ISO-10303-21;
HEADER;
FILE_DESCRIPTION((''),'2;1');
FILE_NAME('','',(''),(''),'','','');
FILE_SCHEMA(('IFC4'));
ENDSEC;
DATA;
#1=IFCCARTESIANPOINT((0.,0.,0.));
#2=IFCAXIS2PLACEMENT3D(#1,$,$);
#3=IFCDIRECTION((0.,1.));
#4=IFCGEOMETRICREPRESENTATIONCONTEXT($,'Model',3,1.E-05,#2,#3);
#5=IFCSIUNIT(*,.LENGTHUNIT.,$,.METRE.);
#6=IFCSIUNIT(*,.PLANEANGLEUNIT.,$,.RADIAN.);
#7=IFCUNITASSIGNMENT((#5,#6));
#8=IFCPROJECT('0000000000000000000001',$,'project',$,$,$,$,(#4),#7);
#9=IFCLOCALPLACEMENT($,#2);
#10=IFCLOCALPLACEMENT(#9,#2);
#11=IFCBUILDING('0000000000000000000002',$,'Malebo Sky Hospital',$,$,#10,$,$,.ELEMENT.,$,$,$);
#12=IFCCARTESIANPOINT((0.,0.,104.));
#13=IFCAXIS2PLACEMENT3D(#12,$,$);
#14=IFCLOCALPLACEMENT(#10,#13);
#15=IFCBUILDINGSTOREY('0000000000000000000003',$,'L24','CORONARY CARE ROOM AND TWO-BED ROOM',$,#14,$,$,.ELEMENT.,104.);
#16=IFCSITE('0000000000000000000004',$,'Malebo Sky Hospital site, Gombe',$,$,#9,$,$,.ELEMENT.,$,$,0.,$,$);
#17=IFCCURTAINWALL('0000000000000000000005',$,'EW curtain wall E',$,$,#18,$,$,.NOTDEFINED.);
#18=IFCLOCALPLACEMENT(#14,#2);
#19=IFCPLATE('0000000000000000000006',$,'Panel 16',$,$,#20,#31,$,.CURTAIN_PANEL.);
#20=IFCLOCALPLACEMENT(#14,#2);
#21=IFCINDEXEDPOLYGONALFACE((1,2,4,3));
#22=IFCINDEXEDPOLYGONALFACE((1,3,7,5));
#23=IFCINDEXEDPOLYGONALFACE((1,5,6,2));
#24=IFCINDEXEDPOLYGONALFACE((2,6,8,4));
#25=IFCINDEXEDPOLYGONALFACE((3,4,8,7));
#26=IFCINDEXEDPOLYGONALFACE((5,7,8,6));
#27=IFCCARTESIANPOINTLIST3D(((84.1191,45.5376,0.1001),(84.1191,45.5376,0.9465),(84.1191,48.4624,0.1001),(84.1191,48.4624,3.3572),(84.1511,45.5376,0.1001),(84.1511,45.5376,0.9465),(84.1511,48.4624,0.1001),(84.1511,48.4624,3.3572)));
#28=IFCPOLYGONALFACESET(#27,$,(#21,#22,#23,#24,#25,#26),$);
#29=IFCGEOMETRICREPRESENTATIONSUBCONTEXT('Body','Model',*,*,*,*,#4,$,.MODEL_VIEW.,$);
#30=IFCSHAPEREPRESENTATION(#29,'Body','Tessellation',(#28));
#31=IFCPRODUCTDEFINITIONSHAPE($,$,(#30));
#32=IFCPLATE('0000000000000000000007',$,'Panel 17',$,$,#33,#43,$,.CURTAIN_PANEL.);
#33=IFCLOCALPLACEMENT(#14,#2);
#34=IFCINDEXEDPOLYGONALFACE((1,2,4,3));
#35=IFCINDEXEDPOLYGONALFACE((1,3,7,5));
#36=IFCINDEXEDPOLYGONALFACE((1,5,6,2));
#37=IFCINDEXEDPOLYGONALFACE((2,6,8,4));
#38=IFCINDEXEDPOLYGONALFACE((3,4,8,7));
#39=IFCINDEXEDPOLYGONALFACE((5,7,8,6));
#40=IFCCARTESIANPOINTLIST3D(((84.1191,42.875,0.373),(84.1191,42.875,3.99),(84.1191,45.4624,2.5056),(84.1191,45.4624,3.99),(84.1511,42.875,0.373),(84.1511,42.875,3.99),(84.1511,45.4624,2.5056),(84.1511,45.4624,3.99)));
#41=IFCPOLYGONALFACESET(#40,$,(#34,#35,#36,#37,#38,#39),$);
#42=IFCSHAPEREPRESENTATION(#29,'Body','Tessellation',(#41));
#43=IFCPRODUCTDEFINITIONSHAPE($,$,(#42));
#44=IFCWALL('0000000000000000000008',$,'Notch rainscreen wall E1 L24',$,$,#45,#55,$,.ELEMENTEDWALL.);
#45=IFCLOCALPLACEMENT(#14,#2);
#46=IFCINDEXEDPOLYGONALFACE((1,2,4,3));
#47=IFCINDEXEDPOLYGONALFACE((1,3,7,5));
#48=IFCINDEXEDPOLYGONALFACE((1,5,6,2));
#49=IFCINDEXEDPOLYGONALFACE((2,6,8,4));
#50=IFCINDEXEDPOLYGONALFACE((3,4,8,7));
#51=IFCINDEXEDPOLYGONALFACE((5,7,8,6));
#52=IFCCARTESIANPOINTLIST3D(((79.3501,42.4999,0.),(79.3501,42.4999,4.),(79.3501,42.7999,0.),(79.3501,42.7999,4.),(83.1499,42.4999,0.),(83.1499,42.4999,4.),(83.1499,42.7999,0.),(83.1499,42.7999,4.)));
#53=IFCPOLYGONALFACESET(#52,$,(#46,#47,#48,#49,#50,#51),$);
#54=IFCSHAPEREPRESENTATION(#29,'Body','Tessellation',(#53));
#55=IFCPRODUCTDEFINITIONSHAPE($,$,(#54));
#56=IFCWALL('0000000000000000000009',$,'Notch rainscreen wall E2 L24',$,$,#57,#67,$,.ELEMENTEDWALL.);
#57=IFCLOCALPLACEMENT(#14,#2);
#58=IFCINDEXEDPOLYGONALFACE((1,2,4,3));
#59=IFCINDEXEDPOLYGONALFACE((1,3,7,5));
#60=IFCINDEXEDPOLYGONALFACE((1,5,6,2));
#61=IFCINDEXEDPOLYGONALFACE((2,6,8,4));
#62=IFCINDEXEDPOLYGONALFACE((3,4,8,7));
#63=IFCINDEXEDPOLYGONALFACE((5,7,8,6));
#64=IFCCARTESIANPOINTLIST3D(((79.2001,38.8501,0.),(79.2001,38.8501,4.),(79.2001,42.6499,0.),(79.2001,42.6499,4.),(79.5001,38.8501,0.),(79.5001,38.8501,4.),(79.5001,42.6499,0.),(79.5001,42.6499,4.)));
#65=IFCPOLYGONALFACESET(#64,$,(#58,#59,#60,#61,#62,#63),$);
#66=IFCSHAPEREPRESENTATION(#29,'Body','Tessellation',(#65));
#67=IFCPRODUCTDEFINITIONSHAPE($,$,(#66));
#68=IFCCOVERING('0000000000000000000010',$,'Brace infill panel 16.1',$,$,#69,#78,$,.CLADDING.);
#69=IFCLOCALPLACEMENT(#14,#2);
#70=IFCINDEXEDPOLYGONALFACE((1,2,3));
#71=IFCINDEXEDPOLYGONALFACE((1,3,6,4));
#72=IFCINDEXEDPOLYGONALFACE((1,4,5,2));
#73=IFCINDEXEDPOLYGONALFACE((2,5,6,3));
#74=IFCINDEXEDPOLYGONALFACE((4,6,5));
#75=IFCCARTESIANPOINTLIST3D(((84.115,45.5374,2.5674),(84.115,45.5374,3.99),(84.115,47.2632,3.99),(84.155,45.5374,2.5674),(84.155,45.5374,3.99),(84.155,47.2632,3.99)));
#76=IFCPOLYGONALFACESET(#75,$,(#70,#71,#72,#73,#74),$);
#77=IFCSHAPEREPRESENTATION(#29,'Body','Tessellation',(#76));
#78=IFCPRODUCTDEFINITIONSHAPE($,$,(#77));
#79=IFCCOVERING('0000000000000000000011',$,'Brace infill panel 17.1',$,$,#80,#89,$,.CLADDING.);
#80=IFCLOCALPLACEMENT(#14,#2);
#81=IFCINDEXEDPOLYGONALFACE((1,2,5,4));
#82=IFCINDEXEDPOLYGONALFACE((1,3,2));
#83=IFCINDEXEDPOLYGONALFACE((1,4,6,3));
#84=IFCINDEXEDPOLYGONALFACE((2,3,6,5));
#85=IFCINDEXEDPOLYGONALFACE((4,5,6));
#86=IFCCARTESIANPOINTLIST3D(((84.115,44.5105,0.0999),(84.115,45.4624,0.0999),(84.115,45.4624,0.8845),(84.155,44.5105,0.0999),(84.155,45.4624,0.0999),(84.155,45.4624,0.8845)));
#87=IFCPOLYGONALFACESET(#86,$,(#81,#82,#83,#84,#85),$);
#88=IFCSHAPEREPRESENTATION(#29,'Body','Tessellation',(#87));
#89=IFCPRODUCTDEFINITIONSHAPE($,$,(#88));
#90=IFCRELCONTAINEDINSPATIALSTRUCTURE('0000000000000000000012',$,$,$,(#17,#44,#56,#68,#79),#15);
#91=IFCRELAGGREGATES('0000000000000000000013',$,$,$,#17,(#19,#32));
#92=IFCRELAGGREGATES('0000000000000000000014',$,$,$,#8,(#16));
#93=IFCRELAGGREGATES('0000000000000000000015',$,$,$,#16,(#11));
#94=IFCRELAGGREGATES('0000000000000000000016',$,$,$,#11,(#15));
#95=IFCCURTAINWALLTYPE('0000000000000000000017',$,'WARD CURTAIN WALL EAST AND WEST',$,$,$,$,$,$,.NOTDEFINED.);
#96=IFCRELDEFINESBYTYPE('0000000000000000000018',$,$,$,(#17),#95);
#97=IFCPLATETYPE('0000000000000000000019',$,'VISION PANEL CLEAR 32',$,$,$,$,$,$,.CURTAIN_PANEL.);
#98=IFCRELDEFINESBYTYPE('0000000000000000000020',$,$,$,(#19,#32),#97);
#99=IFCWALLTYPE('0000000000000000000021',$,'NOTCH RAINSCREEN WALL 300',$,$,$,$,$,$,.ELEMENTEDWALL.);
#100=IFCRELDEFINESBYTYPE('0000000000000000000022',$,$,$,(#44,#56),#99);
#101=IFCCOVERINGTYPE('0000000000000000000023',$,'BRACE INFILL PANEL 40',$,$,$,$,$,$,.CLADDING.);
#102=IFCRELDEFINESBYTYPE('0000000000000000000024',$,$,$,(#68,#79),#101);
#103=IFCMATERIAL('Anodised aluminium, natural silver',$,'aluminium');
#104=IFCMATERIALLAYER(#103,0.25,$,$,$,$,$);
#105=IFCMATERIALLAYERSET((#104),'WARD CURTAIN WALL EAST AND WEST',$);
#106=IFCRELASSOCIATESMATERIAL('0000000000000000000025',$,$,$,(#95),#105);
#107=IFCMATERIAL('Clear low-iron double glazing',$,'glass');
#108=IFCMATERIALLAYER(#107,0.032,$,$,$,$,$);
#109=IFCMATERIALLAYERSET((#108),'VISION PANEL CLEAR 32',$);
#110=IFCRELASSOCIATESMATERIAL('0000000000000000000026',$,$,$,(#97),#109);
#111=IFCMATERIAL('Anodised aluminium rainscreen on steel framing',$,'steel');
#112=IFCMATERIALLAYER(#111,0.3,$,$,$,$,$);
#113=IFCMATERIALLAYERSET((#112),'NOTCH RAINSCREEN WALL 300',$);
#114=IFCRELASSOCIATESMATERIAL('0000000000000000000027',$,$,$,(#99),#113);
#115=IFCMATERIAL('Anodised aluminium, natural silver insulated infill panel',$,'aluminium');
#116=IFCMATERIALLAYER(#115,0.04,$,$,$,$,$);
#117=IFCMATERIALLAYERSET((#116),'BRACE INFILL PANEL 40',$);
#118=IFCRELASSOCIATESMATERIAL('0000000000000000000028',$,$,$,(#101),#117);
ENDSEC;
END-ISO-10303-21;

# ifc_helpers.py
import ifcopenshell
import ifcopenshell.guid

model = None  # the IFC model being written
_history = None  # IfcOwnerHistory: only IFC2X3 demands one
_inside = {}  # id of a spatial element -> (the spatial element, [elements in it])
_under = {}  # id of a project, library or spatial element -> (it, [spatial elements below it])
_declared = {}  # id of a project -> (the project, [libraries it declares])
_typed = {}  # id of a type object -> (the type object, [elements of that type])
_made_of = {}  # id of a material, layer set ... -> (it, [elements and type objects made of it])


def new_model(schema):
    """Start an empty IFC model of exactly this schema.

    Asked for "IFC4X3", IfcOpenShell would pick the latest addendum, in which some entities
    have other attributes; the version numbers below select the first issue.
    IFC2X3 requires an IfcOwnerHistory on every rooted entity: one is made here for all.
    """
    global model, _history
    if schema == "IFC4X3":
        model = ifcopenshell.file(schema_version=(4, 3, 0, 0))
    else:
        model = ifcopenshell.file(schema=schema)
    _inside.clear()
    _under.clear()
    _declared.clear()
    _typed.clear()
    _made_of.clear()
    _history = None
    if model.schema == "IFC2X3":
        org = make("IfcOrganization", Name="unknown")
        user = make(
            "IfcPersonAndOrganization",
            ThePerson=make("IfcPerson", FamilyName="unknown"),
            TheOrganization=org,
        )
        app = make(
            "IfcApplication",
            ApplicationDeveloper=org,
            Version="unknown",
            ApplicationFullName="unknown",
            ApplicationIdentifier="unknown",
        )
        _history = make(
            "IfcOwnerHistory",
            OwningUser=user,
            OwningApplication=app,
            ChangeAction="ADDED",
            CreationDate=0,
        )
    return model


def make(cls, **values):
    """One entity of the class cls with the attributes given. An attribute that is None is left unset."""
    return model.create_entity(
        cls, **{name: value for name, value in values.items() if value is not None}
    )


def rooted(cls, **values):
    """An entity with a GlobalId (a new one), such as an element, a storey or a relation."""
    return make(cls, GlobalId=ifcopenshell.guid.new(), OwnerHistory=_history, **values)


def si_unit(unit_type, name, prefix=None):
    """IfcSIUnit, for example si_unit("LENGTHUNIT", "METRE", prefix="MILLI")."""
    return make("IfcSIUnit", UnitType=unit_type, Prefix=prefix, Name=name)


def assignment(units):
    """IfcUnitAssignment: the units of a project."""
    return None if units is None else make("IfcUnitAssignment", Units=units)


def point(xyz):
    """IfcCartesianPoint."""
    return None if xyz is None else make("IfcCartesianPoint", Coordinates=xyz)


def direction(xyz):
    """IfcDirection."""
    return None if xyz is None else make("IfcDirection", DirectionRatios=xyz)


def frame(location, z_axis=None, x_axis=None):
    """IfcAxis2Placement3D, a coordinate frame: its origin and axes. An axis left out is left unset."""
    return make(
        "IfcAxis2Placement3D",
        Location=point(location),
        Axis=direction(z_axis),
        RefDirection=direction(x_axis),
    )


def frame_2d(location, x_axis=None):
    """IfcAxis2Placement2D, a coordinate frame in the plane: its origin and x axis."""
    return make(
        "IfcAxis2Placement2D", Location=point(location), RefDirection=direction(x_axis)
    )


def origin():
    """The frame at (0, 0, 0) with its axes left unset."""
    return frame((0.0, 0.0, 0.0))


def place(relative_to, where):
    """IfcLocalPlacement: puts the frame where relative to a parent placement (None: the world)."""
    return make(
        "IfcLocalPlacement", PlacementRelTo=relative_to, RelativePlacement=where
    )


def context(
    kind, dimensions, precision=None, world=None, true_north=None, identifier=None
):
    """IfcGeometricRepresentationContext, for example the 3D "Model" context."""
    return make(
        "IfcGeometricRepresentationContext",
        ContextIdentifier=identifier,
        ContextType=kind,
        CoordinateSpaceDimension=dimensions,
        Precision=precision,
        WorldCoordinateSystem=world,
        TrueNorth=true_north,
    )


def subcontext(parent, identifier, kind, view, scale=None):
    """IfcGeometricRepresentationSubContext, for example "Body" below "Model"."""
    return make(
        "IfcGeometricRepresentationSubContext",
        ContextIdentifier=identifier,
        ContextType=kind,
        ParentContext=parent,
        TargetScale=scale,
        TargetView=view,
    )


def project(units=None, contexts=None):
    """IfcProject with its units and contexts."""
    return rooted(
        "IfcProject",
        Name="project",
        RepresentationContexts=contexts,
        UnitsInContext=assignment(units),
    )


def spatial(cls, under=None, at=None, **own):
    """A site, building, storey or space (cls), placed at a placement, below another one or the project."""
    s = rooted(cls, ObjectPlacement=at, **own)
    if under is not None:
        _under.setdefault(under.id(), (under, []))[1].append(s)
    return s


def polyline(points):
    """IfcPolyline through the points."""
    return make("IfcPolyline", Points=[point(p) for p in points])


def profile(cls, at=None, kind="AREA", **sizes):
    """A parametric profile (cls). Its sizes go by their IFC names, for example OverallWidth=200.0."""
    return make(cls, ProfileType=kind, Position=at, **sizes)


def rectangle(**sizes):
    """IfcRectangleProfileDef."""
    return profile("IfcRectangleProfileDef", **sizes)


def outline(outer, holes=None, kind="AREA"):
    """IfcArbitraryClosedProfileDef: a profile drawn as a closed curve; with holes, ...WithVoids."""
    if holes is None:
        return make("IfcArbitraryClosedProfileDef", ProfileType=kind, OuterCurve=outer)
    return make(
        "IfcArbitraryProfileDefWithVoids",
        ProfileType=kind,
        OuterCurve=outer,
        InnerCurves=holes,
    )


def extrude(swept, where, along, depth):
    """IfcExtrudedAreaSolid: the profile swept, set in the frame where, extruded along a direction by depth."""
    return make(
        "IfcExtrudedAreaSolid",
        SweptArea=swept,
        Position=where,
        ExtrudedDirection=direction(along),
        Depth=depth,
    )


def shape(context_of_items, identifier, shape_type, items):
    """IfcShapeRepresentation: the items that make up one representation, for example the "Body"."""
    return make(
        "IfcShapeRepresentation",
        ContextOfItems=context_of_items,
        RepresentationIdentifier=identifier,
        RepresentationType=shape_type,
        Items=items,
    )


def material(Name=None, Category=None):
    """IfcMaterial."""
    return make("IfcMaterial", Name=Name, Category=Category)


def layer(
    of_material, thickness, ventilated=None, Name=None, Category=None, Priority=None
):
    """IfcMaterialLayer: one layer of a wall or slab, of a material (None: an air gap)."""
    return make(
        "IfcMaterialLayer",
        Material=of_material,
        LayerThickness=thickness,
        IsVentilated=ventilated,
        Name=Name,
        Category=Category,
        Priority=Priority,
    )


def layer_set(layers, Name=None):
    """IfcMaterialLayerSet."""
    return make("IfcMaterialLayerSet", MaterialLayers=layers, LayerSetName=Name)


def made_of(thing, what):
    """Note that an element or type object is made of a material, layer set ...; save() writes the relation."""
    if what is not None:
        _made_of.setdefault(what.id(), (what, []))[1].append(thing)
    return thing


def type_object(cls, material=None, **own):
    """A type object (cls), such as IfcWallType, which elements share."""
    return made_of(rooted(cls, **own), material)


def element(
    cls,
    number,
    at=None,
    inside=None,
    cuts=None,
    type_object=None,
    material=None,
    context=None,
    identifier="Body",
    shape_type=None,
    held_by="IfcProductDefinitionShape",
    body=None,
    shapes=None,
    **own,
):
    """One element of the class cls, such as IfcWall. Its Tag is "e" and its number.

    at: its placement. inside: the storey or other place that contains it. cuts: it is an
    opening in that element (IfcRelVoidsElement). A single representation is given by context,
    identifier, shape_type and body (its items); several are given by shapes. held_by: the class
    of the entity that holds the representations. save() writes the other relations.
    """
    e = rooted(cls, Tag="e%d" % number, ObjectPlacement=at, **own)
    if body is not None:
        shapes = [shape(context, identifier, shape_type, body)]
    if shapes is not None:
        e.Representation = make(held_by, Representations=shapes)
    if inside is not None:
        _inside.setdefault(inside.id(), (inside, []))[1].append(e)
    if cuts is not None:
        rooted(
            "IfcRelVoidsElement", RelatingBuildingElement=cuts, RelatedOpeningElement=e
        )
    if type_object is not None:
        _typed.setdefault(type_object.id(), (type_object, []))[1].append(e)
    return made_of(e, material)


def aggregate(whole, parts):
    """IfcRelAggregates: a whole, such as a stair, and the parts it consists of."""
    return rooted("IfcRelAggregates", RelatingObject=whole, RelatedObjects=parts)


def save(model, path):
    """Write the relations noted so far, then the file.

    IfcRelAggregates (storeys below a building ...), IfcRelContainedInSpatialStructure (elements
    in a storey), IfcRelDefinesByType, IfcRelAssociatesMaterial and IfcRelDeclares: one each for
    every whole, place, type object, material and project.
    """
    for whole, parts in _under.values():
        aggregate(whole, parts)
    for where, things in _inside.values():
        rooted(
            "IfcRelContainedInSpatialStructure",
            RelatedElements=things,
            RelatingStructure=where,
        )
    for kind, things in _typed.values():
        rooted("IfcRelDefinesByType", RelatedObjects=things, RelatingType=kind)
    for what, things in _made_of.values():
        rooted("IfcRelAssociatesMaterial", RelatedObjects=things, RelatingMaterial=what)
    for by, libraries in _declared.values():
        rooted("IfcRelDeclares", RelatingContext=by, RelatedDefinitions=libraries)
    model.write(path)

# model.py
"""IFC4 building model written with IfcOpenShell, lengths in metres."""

from ifc_helpers import new_model, si_unit, direction, frame, frame_2d, origin, place, context, subcontext, project, spatial, polyline, rectangle, outline, extrude, material, layer, layer_set, type_object, element, aggregate, save


model = new_model("IFC4")

# Units and contexts
model_context = context("Model", 3, precision=1e-05, world=origin(), true_north=direction((0.0, 1.0)))
body_context = subcontext(model_context, "Body", "Model", "MODEL_VIEW")
ifc_project = project(units=[si_unit("LENGTHUNIT", "METRE"), si_unit("PLANEANGLEUNIT", "RADIAN")], contexts=[model_context])

# Site, building, storey
site_placement = place(None, origin())
site = spatial("IfcSite", under=ifc_project, at=site_placement, Name="Malebo Sky Hospital site, Gombe", CompositionType="ELEMENT", RefElevation=0.0)
building_placement = place(site_placement, origin())
building = spatial("IfcBuilding", under=site, at=building_placement, Name="Malebo Sky Hospital", CompositionType="ELEMENT")
storey_placement = place(building_placement, frame((0.0, 0.0, 104.0)))
storey = spatial("IfcBuildingStorey", under=building, at=storey_placement, Name="L24", Description="CORONARY CARE ROOM AND TWO-BED ROOM", CompositionType="ELEMENT", Elevation=104.0)

# Curtain wall
ifc_material_1 = material(Name="Anodised aluminium, natural silver", Category="aluminium")
ifc_layer_1 = layer(ifc_material_1, 0.25)
ifc_layer_set_1 = layer_set([ifc_layer_1], Name="WARD CURTAIN WALL EAST AND WEST")
curtain_wall_type_1 = type_object("IfcCurtainWallType", Name="WARD CURTAIN WALL EAST AND WEST", PredefinedType="NOTDEFINED", material=ifc_layer_set_1)
curtain_wall_1_placement = place(storey_placement, origin())
curtain_wall_1 = element("IfcCurtainWall", 1, at=curtain_wall_1_placement, inside=storey, type_object=curtain_wall_type_1, Name="EW curtain wall E", PredefinedType="NOTDEFINED")

# Plates
ifc_material_2 = material(Name="Clear low-iron double glazing", Category="glass")
ifc_layer_2 = layer(ifc_material_2, 0.032)
ifc_layer_set_2 = layer_set([ifc_layer_2], Name="VISION PANEL CLEAR 32")
plate_type = type_object("IfcPlateType", Name="VISION PANEL CLEAR 32", PredefinedType="CURTAIN_PANEL", material=ifc_layer_set_2)
plate_1_placement = place(storey_placement, frame((84.135, 47.0, 0.1001), z_axis=(0.0, 0.0, 1.0), x_axis=(0.0, -1.0, 0.0)))
plate_1 = element("IfcPlate", 2, at=plate_1_placement, type_object=plate_type, Name="Panel 16", PredefinedType="CURTAIN_PANEL", context=body_context, shape_type="SweptSolid", body=[
    extrude(outline(polyline([(-1.4624, 0.0), (1.4624, 0.0), (1.4624, 0.8464), (-1.4624, 3.2571), (-1.4624, 0.0)])), frame((0.0, 0.0161, 0.0), z_axis=(0.0, -1.0, 0.0), x_axis=(1.0, 0.0, 0.0)), (0.0, 0.0, 1.0), 0.032),
])
plate_2_placement = place(storey_placement, frame((84.135, 44.1687, 0.373), z_axis=(0.0, 0.0, 1.0), x_axis=(0.0, -1.0, 0.0)))
plate_2 = element("IfcPlate", 3, at=plate_2_placement, type_object=plate_type, Name="Panel 17", PredefinedType="CURTAIN_PANEL", context=body_context, shape_type="SweptSolid", body=[
    extrude(outline(polyline([(1.2937, 0.0), (1.2937, 3.6169), (-1.2937, 3.6169), (-1.2937, 2.1326), (1.2937, 0.0)])), frame((0.0, 0.0161, 0.0), z_axis=(0.0, -1.0, 0.0), x_axis=(1.0, 0.0, 0.0)), (0.0, 0.0, 1.0), 0.032),
])
aggregate(curtain_wall_1, [plate_1, plate_2])

# Walls
ifc_material_3 = material(Name="Anodised aluminium rainscreen on steel framing", Category="steel")
ifc_layer_3 = layer(ifc_material_3, 0.3)
ifc_layer_set_3 = layer_set([ifc_layer_3], Name="NOTCH RAINSCREEN WALL 300")
wall_type = type_object("IfcWallType", Name="NOTCH RAINSCREEN WALL 300", PredefinedType="ELEMENTEDWALL", material=ifc_layer_set_3)
for number, where, z_axis, x_axis, name in (
    (4, (83.1499, 42.6499, 0.0), (0.0, 0.0, 1.0), (-1.0, 0.0, 0.0), "Notch rainscreen wall E1 L24"),
    (5, (79.3501, 42.6499, 0.0), (0.0, 0.0, 1.0), (0.0, -1.0, 0.0), "Notch rainscreen wall E2 L24"),
):
    element("IfcWall", number, at=place(storey_placement, frame(where, z_axis=z_axis, x_axis=x_axis)), inside=storey, type_object=wall_type, Name=name, PredefinedType="ELEMENTEDWALL", context=body_context, shape_type="SweptSolid", body=[
        extrude(rectangle(XDim=3.7998, YDim=0.3, at=frame_2d((1.8999, 0.0))), origin(), (0.0, 0.0, 1.0), 4.0),
    ])

# Coverings
ifc_material_4 = material(Name="Anodised aluminium, natural silver insulated infill panel", Category="aluminium")
ifc_layer_4 = layer(ifc_material_4, 0.04)
ifc_layer_set_4 = layer_set([ifc_layer_4], Name="BRACE INFILL PANEL 40")
covering_type = type_object("IfcCoveringType", Name="BRACE INFILL PANEL 40", PredefinedType="CLADDING", material=ifc_layer_set_4)
covering_1_placement = place(storey_placement, frame((84.135, 46.4004, 2.5674), z_axis=(0.0, 0.0, 1.0), x_axis=(0.0, -1.0, 0.0)))
element("IfcCovering", 6, at=covering_1_placement, inside=storey, type_object=covering_type, Name="Brace infill panel 16.1", PredefinedType="CLADDING", context=body_context, shape_type="SweptSolid", body=[
    extrude(outline(polyline([(0.863, 0.0), (0.863, 1.4226), (-0.8628, 1.4226), (0.863, 0.0)])), frame((0.0, 0.02, 0.0), z_axis=(0.0, -1.0, 0.0), x_axis=(1.0, 0.0, 0.0)), (0.0, 0.0, 1.0), 0.04),
])
covering_2_placement = place(storey_placement, frame((84.135, 44.9863, 0.0999), z_axis=(0.0, 0.0, 1.0), x_axis=(0.0, -1.0, 0.0)))
element("IfcCovering", 7, at=covering_2_placement, inside=storey, type_object=covering_type, Name="Brace infill panel 17.1", PredefinedType="CLADDING", context=body_context, shape_type="SweptSolid", body=[
    extrude(outline(polyline([(-0.4761, 0.0), (0.4758, 0.0), (-0.4761, 0.7847), (-0.4761, 0.0)])), frame((0.0, 0.02, 0.0), z_axis=(0.0, -1.0, 0.0), x_axis=(1.0, 0.0, 0.0)), (0.0, 0.0, 1.0), 0.04),
])

save(model, "model.ifc")
